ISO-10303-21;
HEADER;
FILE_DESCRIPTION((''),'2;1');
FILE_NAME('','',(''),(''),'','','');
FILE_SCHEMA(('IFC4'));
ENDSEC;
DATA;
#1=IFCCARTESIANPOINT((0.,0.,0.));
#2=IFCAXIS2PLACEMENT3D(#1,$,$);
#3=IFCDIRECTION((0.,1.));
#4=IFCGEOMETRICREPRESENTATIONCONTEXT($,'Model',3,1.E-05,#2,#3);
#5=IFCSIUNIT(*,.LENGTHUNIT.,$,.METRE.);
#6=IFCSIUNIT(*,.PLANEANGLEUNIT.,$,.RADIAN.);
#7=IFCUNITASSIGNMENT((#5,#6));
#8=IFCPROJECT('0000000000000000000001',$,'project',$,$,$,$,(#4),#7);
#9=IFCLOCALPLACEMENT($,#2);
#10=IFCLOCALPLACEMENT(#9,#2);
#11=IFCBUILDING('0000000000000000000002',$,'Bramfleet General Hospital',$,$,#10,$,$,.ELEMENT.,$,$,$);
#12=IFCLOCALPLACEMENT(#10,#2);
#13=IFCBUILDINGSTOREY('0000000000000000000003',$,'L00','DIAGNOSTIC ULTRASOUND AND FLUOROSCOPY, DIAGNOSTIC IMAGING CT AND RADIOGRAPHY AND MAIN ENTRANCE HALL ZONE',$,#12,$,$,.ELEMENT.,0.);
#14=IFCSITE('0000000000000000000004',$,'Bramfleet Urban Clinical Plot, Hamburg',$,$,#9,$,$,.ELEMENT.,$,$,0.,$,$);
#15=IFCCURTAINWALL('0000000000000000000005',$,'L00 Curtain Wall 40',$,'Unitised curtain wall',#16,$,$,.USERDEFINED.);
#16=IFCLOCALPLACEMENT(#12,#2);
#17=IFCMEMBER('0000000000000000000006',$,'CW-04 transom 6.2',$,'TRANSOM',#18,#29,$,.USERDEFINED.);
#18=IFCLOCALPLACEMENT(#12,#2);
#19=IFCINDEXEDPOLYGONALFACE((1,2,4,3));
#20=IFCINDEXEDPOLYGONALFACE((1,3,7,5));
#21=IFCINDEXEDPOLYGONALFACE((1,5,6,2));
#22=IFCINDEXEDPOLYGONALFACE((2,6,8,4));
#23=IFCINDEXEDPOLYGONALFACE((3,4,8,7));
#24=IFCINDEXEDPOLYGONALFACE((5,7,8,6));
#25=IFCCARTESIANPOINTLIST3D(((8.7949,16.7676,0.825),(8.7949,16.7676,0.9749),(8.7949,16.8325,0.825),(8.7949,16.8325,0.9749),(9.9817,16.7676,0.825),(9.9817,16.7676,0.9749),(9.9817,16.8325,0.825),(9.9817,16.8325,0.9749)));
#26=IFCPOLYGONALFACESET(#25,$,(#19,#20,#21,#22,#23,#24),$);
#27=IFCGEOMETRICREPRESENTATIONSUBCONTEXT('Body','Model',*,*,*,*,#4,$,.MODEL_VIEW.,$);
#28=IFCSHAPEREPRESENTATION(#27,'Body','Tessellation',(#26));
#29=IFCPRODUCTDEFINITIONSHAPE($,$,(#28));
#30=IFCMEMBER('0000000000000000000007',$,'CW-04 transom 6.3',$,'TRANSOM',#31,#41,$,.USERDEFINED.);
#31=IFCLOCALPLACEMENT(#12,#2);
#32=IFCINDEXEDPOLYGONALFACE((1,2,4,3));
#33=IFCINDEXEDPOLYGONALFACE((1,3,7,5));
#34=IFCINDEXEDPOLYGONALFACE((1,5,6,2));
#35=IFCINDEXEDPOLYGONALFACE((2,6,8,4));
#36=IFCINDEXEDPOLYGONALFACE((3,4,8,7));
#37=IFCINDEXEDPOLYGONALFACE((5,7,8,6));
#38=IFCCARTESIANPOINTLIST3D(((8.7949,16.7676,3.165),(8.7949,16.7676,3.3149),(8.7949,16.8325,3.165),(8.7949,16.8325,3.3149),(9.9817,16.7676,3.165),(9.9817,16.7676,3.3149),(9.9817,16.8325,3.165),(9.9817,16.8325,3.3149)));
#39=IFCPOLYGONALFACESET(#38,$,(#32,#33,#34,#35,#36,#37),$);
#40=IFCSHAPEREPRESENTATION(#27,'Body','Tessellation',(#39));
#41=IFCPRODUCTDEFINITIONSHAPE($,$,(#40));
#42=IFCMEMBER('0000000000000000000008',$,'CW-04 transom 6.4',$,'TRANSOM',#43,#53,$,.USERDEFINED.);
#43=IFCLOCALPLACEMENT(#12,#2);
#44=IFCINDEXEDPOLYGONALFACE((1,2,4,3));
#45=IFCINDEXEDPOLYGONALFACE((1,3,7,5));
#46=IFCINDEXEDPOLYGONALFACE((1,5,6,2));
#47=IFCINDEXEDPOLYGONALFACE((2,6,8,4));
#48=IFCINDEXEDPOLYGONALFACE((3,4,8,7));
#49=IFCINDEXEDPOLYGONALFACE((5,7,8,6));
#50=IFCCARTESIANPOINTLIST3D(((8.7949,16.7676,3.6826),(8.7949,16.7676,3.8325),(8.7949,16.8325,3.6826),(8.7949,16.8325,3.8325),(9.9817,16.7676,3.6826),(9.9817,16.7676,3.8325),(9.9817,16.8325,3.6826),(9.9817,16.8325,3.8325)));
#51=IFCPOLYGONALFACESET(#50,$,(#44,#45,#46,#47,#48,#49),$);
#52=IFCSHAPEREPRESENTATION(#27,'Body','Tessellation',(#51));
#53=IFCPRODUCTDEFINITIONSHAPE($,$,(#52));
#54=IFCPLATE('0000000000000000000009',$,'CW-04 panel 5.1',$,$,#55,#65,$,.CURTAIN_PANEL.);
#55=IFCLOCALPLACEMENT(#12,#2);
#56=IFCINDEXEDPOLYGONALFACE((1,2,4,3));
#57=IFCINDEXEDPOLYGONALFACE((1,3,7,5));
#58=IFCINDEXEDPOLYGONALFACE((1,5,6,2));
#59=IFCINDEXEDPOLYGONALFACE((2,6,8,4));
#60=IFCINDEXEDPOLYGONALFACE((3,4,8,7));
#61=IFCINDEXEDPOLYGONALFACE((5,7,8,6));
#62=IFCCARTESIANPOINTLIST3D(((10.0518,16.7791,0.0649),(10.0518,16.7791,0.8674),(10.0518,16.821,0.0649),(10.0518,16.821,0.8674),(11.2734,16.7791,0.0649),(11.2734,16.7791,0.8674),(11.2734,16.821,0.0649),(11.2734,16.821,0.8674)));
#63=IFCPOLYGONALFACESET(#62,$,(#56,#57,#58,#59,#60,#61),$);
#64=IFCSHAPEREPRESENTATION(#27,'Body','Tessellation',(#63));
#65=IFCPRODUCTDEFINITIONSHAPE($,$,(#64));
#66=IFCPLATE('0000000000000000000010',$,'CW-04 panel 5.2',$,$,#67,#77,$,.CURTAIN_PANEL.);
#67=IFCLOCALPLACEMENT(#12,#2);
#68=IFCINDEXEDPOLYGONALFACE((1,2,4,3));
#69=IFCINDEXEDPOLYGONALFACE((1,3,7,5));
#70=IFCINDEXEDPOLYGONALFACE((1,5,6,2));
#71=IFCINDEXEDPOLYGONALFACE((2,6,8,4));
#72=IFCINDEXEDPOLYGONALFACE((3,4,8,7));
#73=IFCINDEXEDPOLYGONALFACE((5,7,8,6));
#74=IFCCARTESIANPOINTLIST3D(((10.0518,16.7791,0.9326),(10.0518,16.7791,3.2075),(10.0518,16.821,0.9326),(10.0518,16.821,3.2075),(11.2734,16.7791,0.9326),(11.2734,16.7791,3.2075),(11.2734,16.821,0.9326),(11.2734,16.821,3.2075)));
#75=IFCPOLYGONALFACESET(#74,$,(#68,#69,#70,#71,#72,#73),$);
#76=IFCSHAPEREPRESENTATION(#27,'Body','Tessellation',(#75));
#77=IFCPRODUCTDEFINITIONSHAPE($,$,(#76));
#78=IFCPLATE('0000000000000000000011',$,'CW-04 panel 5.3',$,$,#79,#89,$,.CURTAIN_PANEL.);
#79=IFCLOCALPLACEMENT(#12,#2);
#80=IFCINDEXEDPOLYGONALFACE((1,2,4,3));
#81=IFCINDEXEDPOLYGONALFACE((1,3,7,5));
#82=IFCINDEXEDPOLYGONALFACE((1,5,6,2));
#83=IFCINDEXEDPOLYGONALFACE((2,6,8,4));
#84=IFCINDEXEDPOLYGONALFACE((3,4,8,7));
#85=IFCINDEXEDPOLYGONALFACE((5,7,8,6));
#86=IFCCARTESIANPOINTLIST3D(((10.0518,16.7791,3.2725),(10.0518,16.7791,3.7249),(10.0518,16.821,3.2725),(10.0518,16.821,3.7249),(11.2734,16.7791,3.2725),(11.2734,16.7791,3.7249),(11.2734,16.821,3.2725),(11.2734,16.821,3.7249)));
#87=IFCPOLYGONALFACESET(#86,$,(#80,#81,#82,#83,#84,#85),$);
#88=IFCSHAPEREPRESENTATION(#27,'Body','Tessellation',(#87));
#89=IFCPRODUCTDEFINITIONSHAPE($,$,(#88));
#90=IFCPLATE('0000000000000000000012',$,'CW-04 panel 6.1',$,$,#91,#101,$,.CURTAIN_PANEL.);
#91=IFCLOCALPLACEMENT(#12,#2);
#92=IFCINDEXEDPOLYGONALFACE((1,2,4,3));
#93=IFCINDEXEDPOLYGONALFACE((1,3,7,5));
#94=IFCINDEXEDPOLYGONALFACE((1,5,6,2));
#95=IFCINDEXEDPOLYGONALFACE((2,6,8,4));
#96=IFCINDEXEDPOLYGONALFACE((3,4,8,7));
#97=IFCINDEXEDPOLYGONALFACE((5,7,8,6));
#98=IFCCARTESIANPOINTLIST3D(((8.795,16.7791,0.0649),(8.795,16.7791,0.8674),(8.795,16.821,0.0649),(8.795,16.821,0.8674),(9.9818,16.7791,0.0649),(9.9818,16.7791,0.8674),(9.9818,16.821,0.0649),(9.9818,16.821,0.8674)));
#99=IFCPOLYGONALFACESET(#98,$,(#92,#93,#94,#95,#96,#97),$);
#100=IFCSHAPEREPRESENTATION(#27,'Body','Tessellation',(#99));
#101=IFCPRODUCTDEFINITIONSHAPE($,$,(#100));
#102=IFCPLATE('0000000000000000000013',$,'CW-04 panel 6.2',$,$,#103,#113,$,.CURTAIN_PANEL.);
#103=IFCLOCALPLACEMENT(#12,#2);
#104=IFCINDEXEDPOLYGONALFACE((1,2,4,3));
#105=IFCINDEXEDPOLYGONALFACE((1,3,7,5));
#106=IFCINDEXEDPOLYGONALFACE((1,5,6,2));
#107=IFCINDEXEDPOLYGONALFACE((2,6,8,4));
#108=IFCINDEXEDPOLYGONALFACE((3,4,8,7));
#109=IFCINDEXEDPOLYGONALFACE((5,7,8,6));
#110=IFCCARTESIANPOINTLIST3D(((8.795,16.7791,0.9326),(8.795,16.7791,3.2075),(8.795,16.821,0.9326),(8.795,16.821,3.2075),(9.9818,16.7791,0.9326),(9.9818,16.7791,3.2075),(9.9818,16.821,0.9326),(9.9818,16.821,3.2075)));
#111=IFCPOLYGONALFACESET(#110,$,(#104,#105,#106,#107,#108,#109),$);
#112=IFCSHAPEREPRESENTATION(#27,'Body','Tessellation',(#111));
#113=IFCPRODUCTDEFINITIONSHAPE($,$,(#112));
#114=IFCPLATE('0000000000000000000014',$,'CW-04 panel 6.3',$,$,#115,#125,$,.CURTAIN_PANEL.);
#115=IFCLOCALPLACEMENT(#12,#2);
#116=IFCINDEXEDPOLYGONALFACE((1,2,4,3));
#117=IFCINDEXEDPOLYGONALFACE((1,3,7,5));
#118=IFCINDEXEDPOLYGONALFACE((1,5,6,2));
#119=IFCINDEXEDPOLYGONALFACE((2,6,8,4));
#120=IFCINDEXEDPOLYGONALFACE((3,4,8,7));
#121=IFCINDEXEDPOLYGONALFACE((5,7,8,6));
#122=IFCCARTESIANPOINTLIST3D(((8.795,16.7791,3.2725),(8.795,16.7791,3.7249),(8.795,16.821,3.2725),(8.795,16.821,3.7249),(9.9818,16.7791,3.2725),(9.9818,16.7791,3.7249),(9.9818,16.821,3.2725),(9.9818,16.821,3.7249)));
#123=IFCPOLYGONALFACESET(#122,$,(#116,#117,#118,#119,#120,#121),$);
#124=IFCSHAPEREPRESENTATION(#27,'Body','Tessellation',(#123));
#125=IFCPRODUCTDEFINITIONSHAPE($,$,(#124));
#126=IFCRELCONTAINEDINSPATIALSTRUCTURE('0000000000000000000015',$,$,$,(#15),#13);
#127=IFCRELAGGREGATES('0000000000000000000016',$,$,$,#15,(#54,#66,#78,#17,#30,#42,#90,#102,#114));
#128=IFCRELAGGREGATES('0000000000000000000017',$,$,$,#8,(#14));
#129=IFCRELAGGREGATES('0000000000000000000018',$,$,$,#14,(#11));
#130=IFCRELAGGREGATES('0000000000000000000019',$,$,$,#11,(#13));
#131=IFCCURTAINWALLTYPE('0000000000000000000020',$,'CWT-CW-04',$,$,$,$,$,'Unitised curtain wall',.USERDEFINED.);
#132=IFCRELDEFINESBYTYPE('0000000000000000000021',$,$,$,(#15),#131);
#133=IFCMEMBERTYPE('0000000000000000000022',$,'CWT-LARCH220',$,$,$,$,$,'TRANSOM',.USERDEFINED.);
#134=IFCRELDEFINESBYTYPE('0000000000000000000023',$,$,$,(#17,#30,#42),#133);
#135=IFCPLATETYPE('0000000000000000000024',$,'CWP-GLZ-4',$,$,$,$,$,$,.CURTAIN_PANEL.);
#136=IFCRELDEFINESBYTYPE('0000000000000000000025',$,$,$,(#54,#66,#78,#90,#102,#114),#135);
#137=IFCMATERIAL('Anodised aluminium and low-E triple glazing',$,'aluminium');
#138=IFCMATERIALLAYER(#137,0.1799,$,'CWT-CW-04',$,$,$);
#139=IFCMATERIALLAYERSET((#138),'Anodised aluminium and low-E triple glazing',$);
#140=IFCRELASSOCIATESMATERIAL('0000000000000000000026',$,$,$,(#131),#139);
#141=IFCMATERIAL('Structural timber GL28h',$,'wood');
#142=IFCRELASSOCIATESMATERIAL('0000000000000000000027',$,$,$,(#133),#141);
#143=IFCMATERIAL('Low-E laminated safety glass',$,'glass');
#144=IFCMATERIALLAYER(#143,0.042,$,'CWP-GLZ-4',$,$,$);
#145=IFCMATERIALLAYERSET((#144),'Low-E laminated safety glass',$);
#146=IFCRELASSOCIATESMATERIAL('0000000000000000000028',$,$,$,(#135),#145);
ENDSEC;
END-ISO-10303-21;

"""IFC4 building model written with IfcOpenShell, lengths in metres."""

from ifc_helpers import new_model, si_unit, direction, frame, origin, origin_2d, place, context, subcontext, project, spatial, rectangle, extrude, material, layer, layer_set, material_profile, profile_set, type_object, element, aggregate, save


model = new_model("IFC4")

# Units and contexts
model_context = context("Model", 3, precision=1e-05, world=origin(), true_north=direction((0.0, 1.0)))
body_context = subcontext(model_context, "Body", "Model", "MODEL_VIEW")
ifc_project = project(units=[si_unit("LENGTHUNIT", "METRE"), si_unit("PLANEANGLEUNIT", "RADIAN")], contexts=[model_context])

# Site, building, storey
site_placement = place(None, origin())
site = spatial("IfcSite", under=ifc_project, at=site_placement, Name="Bramfleet Urban Clinical Plot, Hamburg", CompositionType="ELEMENT", RefElevation=0.0)
building_placement = place(site_placement, origin())
building = spatial("IfcBuilding", under=site, at=building_placement, Name="Bramfleet General Hospital", CompositionType="ELEMENT")
storey_placement = place(building_placement, origin())
storey = spatial("IfcBuildingStorey", under=building, at=storey_placement, Name="L00", Description="DIAGNOSTIC ULTRASOUND AND FLUOROSCOPY, DIAGNOSTIC IMAGING CT AND RADIOGRAPHY AND MAIN ENTRANCE HALL ZONE", CompositionType="ELEMENT", Elevation=0.0)

# Curtain wall, members, plates
ifc_material_1 = material(Name="Anodised aluminium and low-E triple glazing", Category="aluminium")
ifc_layer_1 = layer(ifc_material_1, 0.1799, Name="CWT-CW-04")
ifc_layer_set_1 = layer_set([ifc_layer_1], Name="Anodised aluminium and low-E triple glazing")
curtain_wall_type = type_object("IfcCurtainWallType", Name="CWT-CW-04", ElementType="Unitised curtain wall", PredefinedType="USERDEFINED", material=ifc_layer_set_1)
curtain_wall_placement = place(storey_placement, origin())
curtain_wall = element("IfcCurtainWall", 1, at=curtain_wall_placement, inside=storey, type_object=curtain_wall_type, Name="L00 Curtain Wall 40", ObjectType="Unitised curtain wall", PredefinedType="USERDEFINED")
ifc_material_2 = material(Name="Structural timber GL28h", Category="wood")
ifc_material_profile_1 = material_profile(ifc_material_2, rectangle(XDim=0.0649, YDim=0.1499, at=origin_2d()), Name="LARCH 150x65")
ifc_profile_set_1 = profile_set([ifc_material_profile_1], Name="Structural timber GL28h")
member_type_1 = type_object("IfcMemberType", Name="CWT-LARCH220", ElementType="TRANSOM", PredefinedType="USERDEFINED", material=ifc_profile_set_1)
member_1_placement = place(storey_placement, frame((9.9817, 16.8, 0.8999), z_axis=(-1.0, 0.0, 0.0), x_axis=(0.0, -1.0, 0.0)))
member_1 = element("IfcMember", 2, at=member_1_placement, type_object=member_type_1, Name="CW-04 transom 6.2", ObjectType="TRANSOM", PredefinedType="USERDEFINED", context=body_context, shape_type="SweptSolid", body=[
    extrude(rectangle(XDim=0.0649, YDim=0.1499, at=origin_2d()), origin(), (0.0, 0.0, 1.0), 1.1868),
])
member_2_placement = place(storey_placement, frame((9.9817, 16.8, 3.24), z_axis=(-1.0, 0.0, 0.0), x_axis=(0.0, -1.0, 0.0)))
member_2 = element("IfcMember", 3, at=member_2_placement, type_object=member_type_1, Name="CW-04 transom 6.3", ObjectType="TRANSOM", PredefinedType="USERDEFINED", context=body_context, shape_type="SweptSolid", body=[
    extrude(rectangle(XDim=0.0649, YDim=0.1499, at=origin_2d()), origin(), (0.0, 0.0, 1.0), 1.1868),
])
member_3_placement = place(storey_placement, frame((9.9817, 16.8, 3.7576), z_axis=(-1.0, 0.0, 0.0), x_axis=(0.0, -1.0, 0.0)))
member_3 = element("IfcMember", 4, at=member_3_placement, type_object=member_type_1, Name="CW-04 transom 6.4", ObjectType="TRANSOM", PredefinedType="USERDEFINED", context=body_context, shape_type="SweptSolid", body=[
    extrude(rectangle(XDim=0.0649, YDim=0.1499, at=origin_2d()), origin(), (0.0, 0.0, 1.0), 1.1868),
])
ifc_material_3 = material(Name="Low-E laminated safety glass", Category="glass")
ifc_layer_2 = layer(ifc_material_3, 0.042, Name="CWP-GLZ-4")
ifc_layer_set_2 = layer_set([ifc_layer_2], Name="Low-E laminated safety glass")
plate_type = type_object("IfcPlateType", Name="CWP-GLZ-4", PredefinedType="CURTAIN_PANEL", material=ifc_layer_set_2)
plate_1_placement = place(storey_placement, frame((10.6626, 16.8, 0.0649), z_axis=(0.0, 0.0, 1.0), x_axis=(-1.0, 0.0, 0.0)))
plate_1 = element("IfcPlate", 5, at=plate_1_placement, type_object=plate_type, Name="CW-04 panel 5.1", PredefinedType="CURTAIN_PANEL", context=body_context, shape_type="SweptSolid", body=[
    extrude(rectangle(XDim=1.2217, YDim=0.042, at=origin_2d()), origin(), (0.0, 0.0, 1.0), 0.8025),
])
plate_2_placement = place(storey_placement, frame((10.6626, 16.8, 0.9326), z_axis=(0.0, 0.0, 1.0), x_axis=(-1.0, 0.0, 0.0)))
plate_2 = element("IfcPlate", 6, at=plate_2_placement, type_object=plate_type, Name="CW-04 panel 5.2", PredefinedType="CURTAIN_PANEL", context=body_context, shape_type="SweptSolid", body=[
    extrude(rectangle(XDim=1.2217, YDim=0.042, at=origin_2d()), origin(), (0.0, 0.0, 1.0), 2.2749),
])
plate_3_placement = place(storey_placement, frame((10.6626, 16.8, 3.2725), z_axis=(0.0, 0.0, 1.0), x_axis=(-1.0, 0.0, 0.0)))
plate_3 = element("IfcPlate", 7, at=plate_3_placement, type_object=plate_type, Name="CW-04 panel 5.3", PredefinedType="CURTAIN_PANEL", context=body_context, shape_type="SweptSolid", body=[
    extrude(rectangle(XDim=1.2217, YDim=0.042, at=origin_2d()), origin(), (0.0, 0.0, 1.0), 0.4524),
])
plate_4_placement = place(storey_placement, frame((9.3884, 16.8, 0.0649), z_axis=(0.0, 0.0, 1.0), x_axis=(-1.0, 0.0, 0.0)))
plate_4 = element("IfcPlate", 8, at=plate_4_placement, type_object=plate_type, Name="CW-04 panel 6.1", PredefinedType="CURTAIN_PANEL", context=body_context, shape_type="SweptSolid", body=[
    extrude(rectangle(XDim=1.1868, YDim=0.042, at=origin_2d()), origin(), (0.0, 0.0, 1.0), 0.8025),
])
plate_5_placement = place(storey_placement, frame((9.3884, 16.8, 0.9326), z_axis=(0.0, 0.0, 1.0), x_axis=(-1.0, 0.0, 0.0)))
plate_5 = element("IfcPlate", 9, at=plate_5_placement, type_object=plate_type, Name="CW-04 panel 6.2", PredefinedType="CURTAIN_PANEL", context=body_context, shape_type="SweptSolid", body=[
    extrude(rectangle(XDim=1.1868, YDim=0.042, at=origin_2d()), origin(), (0.0, 0.0, 1.0), 2.2749),
])
plate_6_placement = place(storey_placement, frame((9.3884, 16.8, 3.2725), z_axis=(0.0, 0.0, 1.0), x_axis=(-1.0, 0.0, 0.0)))
plate_6 = element("IfcPlate", 10, at=plate_6_placement, type_object=plate_type, Name="CW-04 panel 6.3", PredefinedType="CURTAIN_PANEL", context=body_context, shape_type="SweptSolid", body=[
    extrude(rectangle(XDim=1.1868, YDim=0.042, at=origin_2d()), origin(), (0.0, 0.0, 1.0), 0.4524),
])
aggregate(curtain_wall, [plate_1, plate_2, plate_3, member_1, member_2, member_3, plate_4, plate_5, plate_6])

save(model, "model.ifc")
